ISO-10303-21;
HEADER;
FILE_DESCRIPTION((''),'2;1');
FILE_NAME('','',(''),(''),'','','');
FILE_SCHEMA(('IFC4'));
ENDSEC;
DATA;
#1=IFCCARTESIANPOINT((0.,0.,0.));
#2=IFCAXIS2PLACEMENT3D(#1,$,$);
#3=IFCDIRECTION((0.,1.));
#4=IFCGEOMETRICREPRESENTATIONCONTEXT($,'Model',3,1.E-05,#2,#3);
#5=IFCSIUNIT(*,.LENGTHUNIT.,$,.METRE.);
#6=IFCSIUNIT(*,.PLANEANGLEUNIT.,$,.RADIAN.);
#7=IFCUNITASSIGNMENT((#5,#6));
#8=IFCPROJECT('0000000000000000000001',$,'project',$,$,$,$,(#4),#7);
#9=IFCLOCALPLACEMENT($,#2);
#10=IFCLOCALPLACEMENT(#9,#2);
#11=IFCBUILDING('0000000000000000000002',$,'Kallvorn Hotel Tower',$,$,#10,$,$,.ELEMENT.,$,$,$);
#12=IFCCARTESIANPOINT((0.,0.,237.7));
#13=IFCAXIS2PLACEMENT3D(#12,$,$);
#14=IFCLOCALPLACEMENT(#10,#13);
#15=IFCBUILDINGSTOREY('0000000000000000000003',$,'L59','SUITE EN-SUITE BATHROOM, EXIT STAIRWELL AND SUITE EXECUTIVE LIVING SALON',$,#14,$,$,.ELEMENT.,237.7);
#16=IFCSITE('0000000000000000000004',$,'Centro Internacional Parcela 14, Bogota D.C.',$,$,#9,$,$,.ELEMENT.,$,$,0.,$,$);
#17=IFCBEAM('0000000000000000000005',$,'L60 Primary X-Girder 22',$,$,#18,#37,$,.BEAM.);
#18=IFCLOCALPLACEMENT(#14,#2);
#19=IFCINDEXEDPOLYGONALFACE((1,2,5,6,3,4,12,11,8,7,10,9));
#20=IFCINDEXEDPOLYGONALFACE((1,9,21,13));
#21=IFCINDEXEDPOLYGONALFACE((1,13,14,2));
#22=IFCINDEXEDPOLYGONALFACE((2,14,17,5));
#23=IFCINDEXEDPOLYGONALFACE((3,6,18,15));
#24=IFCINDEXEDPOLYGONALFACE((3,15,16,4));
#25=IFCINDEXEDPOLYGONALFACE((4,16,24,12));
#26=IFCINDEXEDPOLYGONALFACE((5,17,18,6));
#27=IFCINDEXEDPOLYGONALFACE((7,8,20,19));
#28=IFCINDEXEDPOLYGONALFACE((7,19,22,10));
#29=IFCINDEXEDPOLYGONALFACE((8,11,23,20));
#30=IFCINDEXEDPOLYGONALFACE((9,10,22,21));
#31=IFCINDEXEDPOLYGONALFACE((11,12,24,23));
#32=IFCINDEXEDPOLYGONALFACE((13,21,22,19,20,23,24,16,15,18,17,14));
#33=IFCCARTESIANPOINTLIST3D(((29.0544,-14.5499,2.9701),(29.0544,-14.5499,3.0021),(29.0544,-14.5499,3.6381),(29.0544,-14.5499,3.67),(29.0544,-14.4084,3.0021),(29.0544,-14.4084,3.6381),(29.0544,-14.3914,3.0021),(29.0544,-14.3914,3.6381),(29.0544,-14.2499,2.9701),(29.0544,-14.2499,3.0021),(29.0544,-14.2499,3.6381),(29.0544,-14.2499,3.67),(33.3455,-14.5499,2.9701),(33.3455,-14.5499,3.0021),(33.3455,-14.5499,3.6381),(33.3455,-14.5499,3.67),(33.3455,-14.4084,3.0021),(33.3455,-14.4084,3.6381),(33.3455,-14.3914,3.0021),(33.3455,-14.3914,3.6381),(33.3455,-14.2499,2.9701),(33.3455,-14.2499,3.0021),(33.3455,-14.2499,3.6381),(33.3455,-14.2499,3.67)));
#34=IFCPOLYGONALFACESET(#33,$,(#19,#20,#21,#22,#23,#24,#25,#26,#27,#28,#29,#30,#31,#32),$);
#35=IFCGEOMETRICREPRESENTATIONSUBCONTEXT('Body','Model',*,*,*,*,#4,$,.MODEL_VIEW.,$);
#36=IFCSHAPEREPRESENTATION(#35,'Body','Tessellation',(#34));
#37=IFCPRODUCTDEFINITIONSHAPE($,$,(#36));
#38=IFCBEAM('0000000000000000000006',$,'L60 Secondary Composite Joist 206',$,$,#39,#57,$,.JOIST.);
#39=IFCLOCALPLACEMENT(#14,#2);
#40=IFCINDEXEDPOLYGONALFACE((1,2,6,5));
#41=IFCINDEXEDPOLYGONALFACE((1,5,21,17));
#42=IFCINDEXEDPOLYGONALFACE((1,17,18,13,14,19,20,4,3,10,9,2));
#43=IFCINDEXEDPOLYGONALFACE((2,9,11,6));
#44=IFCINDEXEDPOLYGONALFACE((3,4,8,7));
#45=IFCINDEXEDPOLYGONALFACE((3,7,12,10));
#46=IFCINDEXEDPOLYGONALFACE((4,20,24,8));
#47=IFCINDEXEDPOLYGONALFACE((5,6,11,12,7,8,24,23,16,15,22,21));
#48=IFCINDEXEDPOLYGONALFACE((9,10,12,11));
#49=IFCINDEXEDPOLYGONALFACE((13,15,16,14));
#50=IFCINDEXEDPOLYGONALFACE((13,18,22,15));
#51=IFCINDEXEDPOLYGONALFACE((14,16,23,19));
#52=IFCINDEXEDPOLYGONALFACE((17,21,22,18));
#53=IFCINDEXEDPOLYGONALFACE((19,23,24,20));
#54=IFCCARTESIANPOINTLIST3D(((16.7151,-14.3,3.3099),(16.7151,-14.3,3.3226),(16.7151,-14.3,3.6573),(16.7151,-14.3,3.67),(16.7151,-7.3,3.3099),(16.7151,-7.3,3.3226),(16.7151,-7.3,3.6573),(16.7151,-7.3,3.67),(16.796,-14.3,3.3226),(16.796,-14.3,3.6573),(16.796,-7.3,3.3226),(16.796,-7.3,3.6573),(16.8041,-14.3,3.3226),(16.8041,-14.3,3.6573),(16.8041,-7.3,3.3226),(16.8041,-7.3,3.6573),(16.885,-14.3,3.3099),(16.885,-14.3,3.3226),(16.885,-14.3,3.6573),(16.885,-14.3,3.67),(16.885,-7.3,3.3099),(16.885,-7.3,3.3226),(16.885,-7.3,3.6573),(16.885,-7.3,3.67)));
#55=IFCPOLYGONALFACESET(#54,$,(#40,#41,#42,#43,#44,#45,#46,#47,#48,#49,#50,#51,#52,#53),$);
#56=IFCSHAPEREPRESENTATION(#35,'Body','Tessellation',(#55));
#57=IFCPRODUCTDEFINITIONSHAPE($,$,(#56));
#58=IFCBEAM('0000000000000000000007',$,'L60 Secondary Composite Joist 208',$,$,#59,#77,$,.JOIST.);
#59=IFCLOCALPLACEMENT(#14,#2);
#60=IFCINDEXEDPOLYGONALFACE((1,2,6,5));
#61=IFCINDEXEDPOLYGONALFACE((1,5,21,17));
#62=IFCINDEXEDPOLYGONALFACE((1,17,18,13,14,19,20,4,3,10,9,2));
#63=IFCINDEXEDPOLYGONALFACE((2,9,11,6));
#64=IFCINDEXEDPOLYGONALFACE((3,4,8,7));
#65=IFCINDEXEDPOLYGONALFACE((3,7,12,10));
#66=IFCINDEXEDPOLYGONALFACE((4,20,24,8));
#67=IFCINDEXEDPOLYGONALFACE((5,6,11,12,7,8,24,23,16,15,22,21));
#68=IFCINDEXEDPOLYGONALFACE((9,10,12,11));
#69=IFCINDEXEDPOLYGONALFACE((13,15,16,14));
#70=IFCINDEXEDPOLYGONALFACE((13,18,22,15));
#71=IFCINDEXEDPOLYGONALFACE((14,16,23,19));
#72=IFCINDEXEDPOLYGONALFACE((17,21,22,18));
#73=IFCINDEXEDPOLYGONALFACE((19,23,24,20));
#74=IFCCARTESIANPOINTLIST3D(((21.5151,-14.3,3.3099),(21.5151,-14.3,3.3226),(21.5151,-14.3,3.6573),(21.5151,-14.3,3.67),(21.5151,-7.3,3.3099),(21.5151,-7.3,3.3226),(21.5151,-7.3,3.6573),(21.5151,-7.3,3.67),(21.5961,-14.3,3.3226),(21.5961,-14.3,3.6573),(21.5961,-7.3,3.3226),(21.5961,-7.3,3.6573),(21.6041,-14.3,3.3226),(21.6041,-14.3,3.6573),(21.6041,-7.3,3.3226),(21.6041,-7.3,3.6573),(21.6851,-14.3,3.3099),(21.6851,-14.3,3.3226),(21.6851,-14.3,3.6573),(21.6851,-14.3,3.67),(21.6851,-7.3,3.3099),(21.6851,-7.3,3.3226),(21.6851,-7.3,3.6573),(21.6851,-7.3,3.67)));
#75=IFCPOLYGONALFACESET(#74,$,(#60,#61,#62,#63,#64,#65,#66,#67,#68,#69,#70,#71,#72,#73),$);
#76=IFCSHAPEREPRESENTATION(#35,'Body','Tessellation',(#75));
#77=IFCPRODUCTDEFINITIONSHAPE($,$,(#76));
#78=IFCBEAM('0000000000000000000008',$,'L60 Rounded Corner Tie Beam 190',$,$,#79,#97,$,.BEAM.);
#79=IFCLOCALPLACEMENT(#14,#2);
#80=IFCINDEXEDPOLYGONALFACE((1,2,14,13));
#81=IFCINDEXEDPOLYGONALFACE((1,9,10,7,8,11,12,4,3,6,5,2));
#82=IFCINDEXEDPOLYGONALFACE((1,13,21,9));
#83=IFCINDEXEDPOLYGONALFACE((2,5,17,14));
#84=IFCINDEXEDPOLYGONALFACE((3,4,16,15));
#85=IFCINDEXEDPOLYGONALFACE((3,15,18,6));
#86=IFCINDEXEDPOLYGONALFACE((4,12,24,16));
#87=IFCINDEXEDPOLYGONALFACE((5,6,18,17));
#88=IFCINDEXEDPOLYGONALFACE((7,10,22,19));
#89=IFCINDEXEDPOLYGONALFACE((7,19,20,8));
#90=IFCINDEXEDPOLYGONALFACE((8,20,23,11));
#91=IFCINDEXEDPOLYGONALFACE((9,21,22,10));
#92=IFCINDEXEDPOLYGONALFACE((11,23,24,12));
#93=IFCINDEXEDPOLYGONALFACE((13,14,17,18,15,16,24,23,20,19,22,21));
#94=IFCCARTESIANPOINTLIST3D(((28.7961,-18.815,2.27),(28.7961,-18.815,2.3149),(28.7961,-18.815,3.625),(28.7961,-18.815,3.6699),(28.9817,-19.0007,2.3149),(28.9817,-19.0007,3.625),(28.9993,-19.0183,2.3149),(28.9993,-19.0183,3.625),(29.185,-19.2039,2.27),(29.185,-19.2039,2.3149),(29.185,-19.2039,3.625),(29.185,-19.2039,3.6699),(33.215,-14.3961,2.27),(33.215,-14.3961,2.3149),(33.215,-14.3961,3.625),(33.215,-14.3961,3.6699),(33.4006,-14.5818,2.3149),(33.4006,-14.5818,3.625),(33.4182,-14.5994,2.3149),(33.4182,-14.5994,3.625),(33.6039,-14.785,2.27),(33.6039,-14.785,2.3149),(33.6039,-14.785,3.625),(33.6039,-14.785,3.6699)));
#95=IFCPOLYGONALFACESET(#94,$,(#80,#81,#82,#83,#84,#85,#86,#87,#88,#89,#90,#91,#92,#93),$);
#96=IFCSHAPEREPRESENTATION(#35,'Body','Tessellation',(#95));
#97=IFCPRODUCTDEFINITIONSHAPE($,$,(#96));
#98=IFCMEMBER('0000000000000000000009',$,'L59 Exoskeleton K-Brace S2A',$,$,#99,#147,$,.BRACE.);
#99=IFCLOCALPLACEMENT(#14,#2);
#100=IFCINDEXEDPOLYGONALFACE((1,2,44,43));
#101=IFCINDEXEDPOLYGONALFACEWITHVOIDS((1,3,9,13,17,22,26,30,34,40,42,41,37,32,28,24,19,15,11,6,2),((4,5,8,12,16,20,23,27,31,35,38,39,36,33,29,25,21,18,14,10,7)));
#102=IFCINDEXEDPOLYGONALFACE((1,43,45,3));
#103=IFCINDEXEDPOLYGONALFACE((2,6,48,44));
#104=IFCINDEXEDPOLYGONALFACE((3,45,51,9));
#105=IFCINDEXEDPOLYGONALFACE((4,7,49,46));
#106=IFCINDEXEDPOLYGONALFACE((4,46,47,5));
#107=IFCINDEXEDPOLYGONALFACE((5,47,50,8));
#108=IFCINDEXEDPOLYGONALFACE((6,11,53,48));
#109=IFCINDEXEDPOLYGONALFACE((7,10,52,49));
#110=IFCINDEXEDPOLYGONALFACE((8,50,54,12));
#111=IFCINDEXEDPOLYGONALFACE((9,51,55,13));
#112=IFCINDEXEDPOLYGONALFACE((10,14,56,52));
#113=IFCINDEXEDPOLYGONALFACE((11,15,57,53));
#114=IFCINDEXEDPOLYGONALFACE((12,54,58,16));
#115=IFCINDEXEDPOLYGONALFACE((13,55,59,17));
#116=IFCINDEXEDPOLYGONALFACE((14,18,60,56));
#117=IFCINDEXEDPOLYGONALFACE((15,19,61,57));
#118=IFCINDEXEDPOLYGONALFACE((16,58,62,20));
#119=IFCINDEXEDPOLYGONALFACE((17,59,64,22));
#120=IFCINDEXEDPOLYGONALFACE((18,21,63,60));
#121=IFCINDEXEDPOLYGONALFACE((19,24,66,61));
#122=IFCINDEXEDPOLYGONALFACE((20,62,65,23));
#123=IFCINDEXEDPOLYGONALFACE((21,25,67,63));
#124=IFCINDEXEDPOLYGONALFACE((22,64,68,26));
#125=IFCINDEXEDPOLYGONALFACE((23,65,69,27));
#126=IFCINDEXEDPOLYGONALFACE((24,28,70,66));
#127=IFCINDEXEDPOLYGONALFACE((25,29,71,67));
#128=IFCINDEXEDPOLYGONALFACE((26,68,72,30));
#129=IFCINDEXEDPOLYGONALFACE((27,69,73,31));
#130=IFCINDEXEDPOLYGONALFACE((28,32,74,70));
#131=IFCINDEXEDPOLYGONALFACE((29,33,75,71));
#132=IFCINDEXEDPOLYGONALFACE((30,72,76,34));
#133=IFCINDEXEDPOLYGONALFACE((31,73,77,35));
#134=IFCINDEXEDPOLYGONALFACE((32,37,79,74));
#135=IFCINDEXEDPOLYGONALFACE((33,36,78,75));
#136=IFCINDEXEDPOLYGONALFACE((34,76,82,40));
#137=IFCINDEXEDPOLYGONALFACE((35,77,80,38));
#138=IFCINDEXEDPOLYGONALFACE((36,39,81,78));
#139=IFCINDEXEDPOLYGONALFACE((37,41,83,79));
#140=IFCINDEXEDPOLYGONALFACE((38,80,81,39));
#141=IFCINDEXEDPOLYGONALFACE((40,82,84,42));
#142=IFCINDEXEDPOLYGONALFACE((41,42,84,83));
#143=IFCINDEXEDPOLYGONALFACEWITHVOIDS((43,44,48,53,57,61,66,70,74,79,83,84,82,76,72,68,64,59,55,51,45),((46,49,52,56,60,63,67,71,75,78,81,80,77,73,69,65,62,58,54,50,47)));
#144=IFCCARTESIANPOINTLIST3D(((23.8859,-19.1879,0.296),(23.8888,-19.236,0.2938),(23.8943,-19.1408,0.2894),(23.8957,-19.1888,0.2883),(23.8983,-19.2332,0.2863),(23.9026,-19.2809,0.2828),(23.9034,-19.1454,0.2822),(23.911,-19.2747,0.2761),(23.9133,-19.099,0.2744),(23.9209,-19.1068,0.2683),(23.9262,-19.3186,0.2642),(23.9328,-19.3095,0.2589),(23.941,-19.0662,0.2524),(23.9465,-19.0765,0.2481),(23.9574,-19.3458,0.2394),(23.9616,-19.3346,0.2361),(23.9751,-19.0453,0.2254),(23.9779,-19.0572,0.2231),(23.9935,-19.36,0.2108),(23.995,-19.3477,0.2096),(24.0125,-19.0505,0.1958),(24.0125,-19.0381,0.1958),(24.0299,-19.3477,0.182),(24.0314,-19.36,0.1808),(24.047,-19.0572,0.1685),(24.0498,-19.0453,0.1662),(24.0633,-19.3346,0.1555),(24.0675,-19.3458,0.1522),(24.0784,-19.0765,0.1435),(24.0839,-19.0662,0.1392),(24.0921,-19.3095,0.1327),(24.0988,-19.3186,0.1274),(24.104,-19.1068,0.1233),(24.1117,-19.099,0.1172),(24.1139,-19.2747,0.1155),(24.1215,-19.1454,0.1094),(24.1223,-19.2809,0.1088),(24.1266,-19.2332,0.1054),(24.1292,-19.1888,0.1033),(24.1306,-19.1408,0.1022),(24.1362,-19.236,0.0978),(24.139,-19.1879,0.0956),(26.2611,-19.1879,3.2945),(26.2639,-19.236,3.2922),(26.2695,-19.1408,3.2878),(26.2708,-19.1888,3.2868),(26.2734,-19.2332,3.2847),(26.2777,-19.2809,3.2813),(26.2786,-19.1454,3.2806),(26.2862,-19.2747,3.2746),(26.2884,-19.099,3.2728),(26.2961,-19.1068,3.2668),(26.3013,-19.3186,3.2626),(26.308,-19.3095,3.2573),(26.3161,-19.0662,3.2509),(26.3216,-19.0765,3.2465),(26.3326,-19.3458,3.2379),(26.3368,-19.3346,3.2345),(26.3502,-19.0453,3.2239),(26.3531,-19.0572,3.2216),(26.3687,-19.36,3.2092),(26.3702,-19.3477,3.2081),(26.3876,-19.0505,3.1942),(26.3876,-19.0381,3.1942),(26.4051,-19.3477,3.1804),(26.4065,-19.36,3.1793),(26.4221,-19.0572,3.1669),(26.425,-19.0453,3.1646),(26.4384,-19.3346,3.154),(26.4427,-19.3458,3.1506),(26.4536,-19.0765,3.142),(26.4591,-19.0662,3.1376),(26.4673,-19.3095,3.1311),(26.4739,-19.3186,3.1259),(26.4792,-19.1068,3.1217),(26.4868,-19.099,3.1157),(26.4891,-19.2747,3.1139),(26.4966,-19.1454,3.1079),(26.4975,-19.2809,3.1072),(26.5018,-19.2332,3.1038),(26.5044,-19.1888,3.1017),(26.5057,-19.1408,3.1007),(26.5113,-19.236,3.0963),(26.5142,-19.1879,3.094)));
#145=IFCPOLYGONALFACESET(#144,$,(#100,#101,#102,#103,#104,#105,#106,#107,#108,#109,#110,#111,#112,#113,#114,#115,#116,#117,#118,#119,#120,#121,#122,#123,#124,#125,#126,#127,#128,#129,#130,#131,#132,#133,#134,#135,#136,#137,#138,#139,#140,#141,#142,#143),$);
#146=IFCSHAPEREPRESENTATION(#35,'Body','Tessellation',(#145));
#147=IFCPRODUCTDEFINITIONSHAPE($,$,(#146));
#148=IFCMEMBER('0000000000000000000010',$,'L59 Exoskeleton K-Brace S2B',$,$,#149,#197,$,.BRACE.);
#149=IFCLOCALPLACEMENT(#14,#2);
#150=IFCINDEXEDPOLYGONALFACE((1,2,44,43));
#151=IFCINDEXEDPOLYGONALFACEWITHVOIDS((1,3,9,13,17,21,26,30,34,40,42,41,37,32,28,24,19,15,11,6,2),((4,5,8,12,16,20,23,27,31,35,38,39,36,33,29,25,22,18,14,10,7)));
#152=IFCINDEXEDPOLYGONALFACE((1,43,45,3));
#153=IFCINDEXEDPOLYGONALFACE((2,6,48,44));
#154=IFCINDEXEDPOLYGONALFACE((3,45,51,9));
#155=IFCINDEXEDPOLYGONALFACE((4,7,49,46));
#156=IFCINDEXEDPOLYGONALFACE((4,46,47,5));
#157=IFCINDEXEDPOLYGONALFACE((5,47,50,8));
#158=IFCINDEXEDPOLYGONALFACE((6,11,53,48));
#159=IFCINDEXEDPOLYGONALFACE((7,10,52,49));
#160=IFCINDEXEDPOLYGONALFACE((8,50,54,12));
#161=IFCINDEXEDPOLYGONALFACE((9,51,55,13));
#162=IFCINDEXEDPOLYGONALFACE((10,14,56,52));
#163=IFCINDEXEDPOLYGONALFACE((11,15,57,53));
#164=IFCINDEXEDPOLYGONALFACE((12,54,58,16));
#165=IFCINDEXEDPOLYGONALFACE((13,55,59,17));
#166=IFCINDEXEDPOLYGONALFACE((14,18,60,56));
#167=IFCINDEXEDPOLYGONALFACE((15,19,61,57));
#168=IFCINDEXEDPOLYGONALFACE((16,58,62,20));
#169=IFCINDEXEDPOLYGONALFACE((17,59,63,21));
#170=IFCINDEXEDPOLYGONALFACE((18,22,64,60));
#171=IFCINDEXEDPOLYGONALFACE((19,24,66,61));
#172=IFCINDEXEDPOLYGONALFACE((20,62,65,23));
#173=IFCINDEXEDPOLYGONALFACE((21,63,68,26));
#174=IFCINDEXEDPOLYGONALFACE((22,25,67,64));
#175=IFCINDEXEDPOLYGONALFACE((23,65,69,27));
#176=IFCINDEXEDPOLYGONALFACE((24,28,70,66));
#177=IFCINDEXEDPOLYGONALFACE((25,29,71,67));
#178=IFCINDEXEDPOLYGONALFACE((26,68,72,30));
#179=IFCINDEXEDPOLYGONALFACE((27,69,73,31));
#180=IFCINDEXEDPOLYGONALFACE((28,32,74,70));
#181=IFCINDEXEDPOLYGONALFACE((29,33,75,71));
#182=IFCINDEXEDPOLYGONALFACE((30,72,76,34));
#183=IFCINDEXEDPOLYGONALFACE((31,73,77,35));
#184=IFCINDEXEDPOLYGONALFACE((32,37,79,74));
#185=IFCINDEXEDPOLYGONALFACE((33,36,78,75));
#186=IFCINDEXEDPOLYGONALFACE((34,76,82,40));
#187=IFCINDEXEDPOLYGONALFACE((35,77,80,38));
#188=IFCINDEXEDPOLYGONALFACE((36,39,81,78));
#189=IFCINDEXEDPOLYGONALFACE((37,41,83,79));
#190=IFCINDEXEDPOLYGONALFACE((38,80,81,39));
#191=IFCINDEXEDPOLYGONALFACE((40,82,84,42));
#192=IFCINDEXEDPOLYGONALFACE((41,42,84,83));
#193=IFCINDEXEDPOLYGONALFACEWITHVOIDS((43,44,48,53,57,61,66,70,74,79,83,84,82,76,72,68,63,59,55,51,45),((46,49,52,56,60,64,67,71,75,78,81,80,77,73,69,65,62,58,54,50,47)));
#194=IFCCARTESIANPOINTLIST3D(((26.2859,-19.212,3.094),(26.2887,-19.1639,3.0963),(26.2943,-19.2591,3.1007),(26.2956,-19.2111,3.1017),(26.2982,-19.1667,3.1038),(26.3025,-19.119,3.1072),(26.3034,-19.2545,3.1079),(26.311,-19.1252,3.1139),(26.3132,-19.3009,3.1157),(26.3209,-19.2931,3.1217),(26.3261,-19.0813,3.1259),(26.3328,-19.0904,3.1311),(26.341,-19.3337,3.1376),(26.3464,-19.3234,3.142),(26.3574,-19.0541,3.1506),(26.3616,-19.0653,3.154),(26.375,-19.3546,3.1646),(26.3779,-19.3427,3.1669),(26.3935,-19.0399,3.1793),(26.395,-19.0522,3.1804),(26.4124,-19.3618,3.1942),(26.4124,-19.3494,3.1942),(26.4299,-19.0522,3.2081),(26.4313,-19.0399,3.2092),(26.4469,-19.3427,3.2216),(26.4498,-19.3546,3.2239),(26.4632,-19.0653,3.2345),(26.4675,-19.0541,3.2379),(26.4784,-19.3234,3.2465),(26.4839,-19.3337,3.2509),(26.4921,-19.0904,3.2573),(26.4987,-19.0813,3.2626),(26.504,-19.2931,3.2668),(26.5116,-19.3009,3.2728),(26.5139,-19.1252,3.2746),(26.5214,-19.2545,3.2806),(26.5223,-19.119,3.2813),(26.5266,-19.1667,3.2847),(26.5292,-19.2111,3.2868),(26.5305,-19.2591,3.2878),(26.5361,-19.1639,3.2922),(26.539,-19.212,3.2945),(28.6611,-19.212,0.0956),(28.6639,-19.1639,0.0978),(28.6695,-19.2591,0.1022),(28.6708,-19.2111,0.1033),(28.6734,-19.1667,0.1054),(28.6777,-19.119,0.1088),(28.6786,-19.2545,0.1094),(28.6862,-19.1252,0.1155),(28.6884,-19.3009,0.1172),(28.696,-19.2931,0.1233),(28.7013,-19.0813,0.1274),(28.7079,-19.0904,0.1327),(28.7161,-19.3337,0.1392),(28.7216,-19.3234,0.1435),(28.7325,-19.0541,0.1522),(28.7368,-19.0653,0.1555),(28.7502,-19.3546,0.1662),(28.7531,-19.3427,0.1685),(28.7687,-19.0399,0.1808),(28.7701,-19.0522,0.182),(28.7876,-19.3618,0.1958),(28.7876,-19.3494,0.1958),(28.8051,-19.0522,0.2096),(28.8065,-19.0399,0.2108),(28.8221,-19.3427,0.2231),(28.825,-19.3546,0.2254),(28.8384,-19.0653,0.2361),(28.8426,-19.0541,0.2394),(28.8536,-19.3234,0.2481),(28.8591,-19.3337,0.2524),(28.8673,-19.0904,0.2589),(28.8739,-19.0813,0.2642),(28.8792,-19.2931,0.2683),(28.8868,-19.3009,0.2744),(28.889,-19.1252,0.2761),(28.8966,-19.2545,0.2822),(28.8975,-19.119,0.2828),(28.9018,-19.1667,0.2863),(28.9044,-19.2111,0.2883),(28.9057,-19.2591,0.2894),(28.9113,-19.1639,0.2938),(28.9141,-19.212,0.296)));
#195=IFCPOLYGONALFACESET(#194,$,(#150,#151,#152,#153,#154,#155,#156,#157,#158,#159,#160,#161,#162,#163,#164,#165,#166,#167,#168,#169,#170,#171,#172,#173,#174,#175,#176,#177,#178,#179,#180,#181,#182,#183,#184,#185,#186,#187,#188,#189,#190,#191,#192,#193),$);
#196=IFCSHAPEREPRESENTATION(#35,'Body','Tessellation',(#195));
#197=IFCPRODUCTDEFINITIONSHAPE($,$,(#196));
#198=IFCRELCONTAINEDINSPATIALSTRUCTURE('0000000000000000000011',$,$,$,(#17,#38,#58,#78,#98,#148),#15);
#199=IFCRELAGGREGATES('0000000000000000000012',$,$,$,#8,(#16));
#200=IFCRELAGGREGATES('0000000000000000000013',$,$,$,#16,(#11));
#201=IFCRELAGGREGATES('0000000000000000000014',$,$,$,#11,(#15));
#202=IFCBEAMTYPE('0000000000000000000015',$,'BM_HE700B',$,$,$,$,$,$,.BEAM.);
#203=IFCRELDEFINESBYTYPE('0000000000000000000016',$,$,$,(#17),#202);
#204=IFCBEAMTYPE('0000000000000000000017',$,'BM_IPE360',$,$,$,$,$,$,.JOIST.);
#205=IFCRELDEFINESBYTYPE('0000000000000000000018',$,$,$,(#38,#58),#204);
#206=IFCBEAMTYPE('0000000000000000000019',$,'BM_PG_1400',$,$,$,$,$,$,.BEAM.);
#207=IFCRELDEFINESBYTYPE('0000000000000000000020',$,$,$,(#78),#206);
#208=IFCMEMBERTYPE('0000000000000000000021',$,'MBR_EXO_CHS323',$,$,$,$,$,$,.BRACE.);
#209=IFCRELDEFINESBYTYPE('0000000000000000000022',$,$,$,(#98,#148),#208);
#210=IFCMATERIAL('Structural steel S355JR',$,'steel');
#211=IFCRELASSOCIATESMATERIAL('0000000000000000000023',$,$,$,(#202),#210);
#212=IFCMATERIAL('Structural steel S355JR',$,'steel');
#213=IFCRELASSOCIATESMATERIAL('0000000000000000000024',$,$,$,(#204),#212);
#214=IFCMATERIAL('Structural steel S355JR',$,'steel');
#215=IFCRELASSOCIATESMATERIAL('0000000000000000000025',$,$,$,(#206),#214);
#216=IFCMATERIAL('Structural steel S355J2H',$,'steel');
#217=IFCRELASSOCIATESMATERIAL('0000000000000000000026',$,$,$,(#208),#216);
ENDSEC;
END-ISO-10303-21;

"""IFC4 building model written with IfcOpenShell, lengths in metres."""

from ifc_helpers import new_model, si_unit, direction, frame, origin, origin_2d, place, context, subcontext, project, spatial, hollow_circle, i_section, extrude, material, material_profile, profile_set, type_object, element, save


model = new_model("IFC4")

# Units and contexts
model_context = context("Model", 3, precision=1e-05, world=origin(), true_north=direction((0.0, 1.0)))
body_context = subcontext(model_context, "Body", "Model", "MODEL_VIEW")
ifc_project = project(units=[si_unit("LENGTHUNIT", "METRE"), si_unit("PLANEANGLEUNIT", "RADIAN")], contexts=[model_context])

# Site, building, storey
site_placement = place(None, origin())
site = spatial("IfcSite", under=ifc_project, at=site_placement, Name="Centro Internacional Parcela 14, Bogota D.C.", CompositionType="ELEMENT", RefElevation=0.0)
building_placement = place(site_placement, origin())
building = spatial("IfcBuilding", under=site, at=building_placement, Name="Kallvorn Hotel Tower", CompositionType="ELEMENT")
storey_placement = place(building_placement, frame((0.0, 0.0, 237.7)))
storey = spatial("IfcBuildingStorey", under=building, at=storey_placement, Name="L59", Description="SUITE EN-SUITE BATHROOM, EXIT STAIRWELL AND SUITE EXECUTIVE LIVING SALON", CompositionType="ELEMENT", Elevation=237.7)

# Beams
ifc_material_1 = material(Name="Structural steel S355JR", Category="steel")
ifc_material_profile_1 = material_profile(ifc_material_1, i_section(OverallWidth=0.3, OverallDepth=0.7, WebThickness=0.0171, FlangeThickness=0.032, at=origin_2d()), Name="HE 700 B")
ifc_profile_set_1 = profile_set([ifc_material_profile_1], Name="Structural steel S355JR")
beam_type_1 = type_object("IfcBeamType", Name="BM_HE700B", PredefinedType="BEAM", material=ifc_profile_set_1)
beam_1_placement = place(storey_placement, frame((29.0544, -14.3999, 3.3201), z_axis=(1.0, 0.0, 0.0), x_axis=(0.0, 1.0, 0.0)))
element("IfcBeam", 1, at=beam_1_placement, inside=storey, type_object=beam_type_1, Name="L60 Primary X-Girder 22", PredefinedType="BEAM", context=body_context, shape_type="SweptSolid", body=[
    extrude(i_section(OverallWidth=0.3, OverallDepth=0.7, WebThickness=0.0171, FlangeThickness=0.032, at=origin_2d()), origin(), (0.0, 0.0, 1.0), 4.291),
])
ifc_material_2 = material(Name="Structural steel S355JR", Category="steel")
ifc_material_profile_2 = material_profile(ifc_material_2, i_section(OverallWidth=0.1699, OverallDepth=0.3601, WebThickness=0.0081, FlangeThickness=0.0127, at=origin_2d()), Name="IPE 360")
ifc_profile_set_2 = profile_set([ifc_material_profile_2], Name="Structural steel S355JR")
beam_type_2 = type_object("IfcBeamType", Name="BM_IPE360", PredefinedType="JOIST", material=ifc_profile_set_2)
for number, where, z_axis, x_axis, name in (
    (2, (16.8, -14.3, 3.49), (0.0, 1.0, 0.0), (-1.0, 0.0, 0.0), "L60 Secondary Composite Joist 206"),
    (3, (21.6001, -14.3, 3.49), (0.0, 1.0, 0.0), (-1.0, 0.0, 0.0), "L60 Secondary Composite Joist 208"),
):
    element("IfcBeam", number, at=place(storey_placement, frame(where, z_axis=z_axis, x_axis=x_axis)), inside=storey, type_object=beam_type_2, Name=name, PredefinedType="JOIST", context=body_context, shape_type="SweptSolid", body=[
        extrude(i_section(OverallWidth=0.1699, OverallDepth=0.3601, WebThickness=0.0081, FlangeThickness=0.0127, at=origin_2d()), origin(), (0.0, 0.0, 1.0), 7.0),
    ])
ifc_material_3 = material(Name="Structural steel S355JR", Category="steel")
ifc_material_profile_3 = material_profile(ifc_material_3, i_section(OverallWidth=0.55, OverallDepth=1.3999, WebThickness=0.0249, FlangeThickness=0.0449, at=origin_2d()), Name="PG 1400x550x25x45")
ifc_profile_set_3 = profile_set([ifc_material_profile_3], Name="Structural steel S355JR")
beam_type_3 = type_object("IfcBeamType", Name="BM_PG_1400", PredefinedType="BEAM", material=ifc_profile_set_3)
beam_2_placement = place(storey_placement, frame((33.4094, -14.5906, 2.97), z_axis=(-0.707107, -0.707107, 0.0), x_axis=(0.707107, -0.707107, 0.0)))
element("IfcBeam", 4, at=beam_2_placement, inside=storey, type_object=beam_type_3, Name="L60 Rounded Corner Tie Beam 190", PredefinedType="BEAM", context=body_context, shape_type="SweptSolid", body=[
    extrude(i_section(OverallWidth=0.55, OverallDepth=1.3999, WebThickness=0.0249, FlangeThickness=0.0449, at=origin_2d()), origin(), (0.0, 0.0, 1.0), 6.2493),
])

# Members
ifc_material_4 = material(Name="Structural steel S355J2H", Category="steel")
ifc_material_profile_4 = material_profile(ifc_material_4, hollow_circle(Radius=0.1619, WallThickness=0.0125, at=origin_2d()), Name="CHS 323.9x12.5")
ifc_profile_set_4 = profile_set([ifc_material_profile_4], Name="Structural steel S355J2H")
member_type = type_object("IfcMemberType", Name="MBR_EXO_CHS323", PredefinedType="BRACE", material=ifc_profile_set_4)
for number, where, z_axis, x_axis, name in (
    (5, (24.0125, -19.2, 0.1958), (0.620929, 0.0, 0.783867), (0.0, 1.0, 0.0), "L59 Exoskeleton K-Brace S2A"),
    (6, (28.7876, -19.2, 0.1958), (-0.620929, 0.0, 0.783867), (0.0, -1.0, 0.0), "L59 Exoskeleton K-Brace S2B"),
):
    element("IfcMember", number, at=place(storey_placement, frame(where, z_axis=z_axis, x_axis=x_axis)), inside=storey, type_object=member_type, Name=name, PredefinedType="BRACE", context=body_context, shape_type="SweptSolid", body=[
        extrude(hollow_circle(Radius=0.1619, WallThickness=0.0125, at=origin_2d()), origin(), (0.0, 0.0, 1.0), 3.8252),
    ])

save(model, "model.ifc")
